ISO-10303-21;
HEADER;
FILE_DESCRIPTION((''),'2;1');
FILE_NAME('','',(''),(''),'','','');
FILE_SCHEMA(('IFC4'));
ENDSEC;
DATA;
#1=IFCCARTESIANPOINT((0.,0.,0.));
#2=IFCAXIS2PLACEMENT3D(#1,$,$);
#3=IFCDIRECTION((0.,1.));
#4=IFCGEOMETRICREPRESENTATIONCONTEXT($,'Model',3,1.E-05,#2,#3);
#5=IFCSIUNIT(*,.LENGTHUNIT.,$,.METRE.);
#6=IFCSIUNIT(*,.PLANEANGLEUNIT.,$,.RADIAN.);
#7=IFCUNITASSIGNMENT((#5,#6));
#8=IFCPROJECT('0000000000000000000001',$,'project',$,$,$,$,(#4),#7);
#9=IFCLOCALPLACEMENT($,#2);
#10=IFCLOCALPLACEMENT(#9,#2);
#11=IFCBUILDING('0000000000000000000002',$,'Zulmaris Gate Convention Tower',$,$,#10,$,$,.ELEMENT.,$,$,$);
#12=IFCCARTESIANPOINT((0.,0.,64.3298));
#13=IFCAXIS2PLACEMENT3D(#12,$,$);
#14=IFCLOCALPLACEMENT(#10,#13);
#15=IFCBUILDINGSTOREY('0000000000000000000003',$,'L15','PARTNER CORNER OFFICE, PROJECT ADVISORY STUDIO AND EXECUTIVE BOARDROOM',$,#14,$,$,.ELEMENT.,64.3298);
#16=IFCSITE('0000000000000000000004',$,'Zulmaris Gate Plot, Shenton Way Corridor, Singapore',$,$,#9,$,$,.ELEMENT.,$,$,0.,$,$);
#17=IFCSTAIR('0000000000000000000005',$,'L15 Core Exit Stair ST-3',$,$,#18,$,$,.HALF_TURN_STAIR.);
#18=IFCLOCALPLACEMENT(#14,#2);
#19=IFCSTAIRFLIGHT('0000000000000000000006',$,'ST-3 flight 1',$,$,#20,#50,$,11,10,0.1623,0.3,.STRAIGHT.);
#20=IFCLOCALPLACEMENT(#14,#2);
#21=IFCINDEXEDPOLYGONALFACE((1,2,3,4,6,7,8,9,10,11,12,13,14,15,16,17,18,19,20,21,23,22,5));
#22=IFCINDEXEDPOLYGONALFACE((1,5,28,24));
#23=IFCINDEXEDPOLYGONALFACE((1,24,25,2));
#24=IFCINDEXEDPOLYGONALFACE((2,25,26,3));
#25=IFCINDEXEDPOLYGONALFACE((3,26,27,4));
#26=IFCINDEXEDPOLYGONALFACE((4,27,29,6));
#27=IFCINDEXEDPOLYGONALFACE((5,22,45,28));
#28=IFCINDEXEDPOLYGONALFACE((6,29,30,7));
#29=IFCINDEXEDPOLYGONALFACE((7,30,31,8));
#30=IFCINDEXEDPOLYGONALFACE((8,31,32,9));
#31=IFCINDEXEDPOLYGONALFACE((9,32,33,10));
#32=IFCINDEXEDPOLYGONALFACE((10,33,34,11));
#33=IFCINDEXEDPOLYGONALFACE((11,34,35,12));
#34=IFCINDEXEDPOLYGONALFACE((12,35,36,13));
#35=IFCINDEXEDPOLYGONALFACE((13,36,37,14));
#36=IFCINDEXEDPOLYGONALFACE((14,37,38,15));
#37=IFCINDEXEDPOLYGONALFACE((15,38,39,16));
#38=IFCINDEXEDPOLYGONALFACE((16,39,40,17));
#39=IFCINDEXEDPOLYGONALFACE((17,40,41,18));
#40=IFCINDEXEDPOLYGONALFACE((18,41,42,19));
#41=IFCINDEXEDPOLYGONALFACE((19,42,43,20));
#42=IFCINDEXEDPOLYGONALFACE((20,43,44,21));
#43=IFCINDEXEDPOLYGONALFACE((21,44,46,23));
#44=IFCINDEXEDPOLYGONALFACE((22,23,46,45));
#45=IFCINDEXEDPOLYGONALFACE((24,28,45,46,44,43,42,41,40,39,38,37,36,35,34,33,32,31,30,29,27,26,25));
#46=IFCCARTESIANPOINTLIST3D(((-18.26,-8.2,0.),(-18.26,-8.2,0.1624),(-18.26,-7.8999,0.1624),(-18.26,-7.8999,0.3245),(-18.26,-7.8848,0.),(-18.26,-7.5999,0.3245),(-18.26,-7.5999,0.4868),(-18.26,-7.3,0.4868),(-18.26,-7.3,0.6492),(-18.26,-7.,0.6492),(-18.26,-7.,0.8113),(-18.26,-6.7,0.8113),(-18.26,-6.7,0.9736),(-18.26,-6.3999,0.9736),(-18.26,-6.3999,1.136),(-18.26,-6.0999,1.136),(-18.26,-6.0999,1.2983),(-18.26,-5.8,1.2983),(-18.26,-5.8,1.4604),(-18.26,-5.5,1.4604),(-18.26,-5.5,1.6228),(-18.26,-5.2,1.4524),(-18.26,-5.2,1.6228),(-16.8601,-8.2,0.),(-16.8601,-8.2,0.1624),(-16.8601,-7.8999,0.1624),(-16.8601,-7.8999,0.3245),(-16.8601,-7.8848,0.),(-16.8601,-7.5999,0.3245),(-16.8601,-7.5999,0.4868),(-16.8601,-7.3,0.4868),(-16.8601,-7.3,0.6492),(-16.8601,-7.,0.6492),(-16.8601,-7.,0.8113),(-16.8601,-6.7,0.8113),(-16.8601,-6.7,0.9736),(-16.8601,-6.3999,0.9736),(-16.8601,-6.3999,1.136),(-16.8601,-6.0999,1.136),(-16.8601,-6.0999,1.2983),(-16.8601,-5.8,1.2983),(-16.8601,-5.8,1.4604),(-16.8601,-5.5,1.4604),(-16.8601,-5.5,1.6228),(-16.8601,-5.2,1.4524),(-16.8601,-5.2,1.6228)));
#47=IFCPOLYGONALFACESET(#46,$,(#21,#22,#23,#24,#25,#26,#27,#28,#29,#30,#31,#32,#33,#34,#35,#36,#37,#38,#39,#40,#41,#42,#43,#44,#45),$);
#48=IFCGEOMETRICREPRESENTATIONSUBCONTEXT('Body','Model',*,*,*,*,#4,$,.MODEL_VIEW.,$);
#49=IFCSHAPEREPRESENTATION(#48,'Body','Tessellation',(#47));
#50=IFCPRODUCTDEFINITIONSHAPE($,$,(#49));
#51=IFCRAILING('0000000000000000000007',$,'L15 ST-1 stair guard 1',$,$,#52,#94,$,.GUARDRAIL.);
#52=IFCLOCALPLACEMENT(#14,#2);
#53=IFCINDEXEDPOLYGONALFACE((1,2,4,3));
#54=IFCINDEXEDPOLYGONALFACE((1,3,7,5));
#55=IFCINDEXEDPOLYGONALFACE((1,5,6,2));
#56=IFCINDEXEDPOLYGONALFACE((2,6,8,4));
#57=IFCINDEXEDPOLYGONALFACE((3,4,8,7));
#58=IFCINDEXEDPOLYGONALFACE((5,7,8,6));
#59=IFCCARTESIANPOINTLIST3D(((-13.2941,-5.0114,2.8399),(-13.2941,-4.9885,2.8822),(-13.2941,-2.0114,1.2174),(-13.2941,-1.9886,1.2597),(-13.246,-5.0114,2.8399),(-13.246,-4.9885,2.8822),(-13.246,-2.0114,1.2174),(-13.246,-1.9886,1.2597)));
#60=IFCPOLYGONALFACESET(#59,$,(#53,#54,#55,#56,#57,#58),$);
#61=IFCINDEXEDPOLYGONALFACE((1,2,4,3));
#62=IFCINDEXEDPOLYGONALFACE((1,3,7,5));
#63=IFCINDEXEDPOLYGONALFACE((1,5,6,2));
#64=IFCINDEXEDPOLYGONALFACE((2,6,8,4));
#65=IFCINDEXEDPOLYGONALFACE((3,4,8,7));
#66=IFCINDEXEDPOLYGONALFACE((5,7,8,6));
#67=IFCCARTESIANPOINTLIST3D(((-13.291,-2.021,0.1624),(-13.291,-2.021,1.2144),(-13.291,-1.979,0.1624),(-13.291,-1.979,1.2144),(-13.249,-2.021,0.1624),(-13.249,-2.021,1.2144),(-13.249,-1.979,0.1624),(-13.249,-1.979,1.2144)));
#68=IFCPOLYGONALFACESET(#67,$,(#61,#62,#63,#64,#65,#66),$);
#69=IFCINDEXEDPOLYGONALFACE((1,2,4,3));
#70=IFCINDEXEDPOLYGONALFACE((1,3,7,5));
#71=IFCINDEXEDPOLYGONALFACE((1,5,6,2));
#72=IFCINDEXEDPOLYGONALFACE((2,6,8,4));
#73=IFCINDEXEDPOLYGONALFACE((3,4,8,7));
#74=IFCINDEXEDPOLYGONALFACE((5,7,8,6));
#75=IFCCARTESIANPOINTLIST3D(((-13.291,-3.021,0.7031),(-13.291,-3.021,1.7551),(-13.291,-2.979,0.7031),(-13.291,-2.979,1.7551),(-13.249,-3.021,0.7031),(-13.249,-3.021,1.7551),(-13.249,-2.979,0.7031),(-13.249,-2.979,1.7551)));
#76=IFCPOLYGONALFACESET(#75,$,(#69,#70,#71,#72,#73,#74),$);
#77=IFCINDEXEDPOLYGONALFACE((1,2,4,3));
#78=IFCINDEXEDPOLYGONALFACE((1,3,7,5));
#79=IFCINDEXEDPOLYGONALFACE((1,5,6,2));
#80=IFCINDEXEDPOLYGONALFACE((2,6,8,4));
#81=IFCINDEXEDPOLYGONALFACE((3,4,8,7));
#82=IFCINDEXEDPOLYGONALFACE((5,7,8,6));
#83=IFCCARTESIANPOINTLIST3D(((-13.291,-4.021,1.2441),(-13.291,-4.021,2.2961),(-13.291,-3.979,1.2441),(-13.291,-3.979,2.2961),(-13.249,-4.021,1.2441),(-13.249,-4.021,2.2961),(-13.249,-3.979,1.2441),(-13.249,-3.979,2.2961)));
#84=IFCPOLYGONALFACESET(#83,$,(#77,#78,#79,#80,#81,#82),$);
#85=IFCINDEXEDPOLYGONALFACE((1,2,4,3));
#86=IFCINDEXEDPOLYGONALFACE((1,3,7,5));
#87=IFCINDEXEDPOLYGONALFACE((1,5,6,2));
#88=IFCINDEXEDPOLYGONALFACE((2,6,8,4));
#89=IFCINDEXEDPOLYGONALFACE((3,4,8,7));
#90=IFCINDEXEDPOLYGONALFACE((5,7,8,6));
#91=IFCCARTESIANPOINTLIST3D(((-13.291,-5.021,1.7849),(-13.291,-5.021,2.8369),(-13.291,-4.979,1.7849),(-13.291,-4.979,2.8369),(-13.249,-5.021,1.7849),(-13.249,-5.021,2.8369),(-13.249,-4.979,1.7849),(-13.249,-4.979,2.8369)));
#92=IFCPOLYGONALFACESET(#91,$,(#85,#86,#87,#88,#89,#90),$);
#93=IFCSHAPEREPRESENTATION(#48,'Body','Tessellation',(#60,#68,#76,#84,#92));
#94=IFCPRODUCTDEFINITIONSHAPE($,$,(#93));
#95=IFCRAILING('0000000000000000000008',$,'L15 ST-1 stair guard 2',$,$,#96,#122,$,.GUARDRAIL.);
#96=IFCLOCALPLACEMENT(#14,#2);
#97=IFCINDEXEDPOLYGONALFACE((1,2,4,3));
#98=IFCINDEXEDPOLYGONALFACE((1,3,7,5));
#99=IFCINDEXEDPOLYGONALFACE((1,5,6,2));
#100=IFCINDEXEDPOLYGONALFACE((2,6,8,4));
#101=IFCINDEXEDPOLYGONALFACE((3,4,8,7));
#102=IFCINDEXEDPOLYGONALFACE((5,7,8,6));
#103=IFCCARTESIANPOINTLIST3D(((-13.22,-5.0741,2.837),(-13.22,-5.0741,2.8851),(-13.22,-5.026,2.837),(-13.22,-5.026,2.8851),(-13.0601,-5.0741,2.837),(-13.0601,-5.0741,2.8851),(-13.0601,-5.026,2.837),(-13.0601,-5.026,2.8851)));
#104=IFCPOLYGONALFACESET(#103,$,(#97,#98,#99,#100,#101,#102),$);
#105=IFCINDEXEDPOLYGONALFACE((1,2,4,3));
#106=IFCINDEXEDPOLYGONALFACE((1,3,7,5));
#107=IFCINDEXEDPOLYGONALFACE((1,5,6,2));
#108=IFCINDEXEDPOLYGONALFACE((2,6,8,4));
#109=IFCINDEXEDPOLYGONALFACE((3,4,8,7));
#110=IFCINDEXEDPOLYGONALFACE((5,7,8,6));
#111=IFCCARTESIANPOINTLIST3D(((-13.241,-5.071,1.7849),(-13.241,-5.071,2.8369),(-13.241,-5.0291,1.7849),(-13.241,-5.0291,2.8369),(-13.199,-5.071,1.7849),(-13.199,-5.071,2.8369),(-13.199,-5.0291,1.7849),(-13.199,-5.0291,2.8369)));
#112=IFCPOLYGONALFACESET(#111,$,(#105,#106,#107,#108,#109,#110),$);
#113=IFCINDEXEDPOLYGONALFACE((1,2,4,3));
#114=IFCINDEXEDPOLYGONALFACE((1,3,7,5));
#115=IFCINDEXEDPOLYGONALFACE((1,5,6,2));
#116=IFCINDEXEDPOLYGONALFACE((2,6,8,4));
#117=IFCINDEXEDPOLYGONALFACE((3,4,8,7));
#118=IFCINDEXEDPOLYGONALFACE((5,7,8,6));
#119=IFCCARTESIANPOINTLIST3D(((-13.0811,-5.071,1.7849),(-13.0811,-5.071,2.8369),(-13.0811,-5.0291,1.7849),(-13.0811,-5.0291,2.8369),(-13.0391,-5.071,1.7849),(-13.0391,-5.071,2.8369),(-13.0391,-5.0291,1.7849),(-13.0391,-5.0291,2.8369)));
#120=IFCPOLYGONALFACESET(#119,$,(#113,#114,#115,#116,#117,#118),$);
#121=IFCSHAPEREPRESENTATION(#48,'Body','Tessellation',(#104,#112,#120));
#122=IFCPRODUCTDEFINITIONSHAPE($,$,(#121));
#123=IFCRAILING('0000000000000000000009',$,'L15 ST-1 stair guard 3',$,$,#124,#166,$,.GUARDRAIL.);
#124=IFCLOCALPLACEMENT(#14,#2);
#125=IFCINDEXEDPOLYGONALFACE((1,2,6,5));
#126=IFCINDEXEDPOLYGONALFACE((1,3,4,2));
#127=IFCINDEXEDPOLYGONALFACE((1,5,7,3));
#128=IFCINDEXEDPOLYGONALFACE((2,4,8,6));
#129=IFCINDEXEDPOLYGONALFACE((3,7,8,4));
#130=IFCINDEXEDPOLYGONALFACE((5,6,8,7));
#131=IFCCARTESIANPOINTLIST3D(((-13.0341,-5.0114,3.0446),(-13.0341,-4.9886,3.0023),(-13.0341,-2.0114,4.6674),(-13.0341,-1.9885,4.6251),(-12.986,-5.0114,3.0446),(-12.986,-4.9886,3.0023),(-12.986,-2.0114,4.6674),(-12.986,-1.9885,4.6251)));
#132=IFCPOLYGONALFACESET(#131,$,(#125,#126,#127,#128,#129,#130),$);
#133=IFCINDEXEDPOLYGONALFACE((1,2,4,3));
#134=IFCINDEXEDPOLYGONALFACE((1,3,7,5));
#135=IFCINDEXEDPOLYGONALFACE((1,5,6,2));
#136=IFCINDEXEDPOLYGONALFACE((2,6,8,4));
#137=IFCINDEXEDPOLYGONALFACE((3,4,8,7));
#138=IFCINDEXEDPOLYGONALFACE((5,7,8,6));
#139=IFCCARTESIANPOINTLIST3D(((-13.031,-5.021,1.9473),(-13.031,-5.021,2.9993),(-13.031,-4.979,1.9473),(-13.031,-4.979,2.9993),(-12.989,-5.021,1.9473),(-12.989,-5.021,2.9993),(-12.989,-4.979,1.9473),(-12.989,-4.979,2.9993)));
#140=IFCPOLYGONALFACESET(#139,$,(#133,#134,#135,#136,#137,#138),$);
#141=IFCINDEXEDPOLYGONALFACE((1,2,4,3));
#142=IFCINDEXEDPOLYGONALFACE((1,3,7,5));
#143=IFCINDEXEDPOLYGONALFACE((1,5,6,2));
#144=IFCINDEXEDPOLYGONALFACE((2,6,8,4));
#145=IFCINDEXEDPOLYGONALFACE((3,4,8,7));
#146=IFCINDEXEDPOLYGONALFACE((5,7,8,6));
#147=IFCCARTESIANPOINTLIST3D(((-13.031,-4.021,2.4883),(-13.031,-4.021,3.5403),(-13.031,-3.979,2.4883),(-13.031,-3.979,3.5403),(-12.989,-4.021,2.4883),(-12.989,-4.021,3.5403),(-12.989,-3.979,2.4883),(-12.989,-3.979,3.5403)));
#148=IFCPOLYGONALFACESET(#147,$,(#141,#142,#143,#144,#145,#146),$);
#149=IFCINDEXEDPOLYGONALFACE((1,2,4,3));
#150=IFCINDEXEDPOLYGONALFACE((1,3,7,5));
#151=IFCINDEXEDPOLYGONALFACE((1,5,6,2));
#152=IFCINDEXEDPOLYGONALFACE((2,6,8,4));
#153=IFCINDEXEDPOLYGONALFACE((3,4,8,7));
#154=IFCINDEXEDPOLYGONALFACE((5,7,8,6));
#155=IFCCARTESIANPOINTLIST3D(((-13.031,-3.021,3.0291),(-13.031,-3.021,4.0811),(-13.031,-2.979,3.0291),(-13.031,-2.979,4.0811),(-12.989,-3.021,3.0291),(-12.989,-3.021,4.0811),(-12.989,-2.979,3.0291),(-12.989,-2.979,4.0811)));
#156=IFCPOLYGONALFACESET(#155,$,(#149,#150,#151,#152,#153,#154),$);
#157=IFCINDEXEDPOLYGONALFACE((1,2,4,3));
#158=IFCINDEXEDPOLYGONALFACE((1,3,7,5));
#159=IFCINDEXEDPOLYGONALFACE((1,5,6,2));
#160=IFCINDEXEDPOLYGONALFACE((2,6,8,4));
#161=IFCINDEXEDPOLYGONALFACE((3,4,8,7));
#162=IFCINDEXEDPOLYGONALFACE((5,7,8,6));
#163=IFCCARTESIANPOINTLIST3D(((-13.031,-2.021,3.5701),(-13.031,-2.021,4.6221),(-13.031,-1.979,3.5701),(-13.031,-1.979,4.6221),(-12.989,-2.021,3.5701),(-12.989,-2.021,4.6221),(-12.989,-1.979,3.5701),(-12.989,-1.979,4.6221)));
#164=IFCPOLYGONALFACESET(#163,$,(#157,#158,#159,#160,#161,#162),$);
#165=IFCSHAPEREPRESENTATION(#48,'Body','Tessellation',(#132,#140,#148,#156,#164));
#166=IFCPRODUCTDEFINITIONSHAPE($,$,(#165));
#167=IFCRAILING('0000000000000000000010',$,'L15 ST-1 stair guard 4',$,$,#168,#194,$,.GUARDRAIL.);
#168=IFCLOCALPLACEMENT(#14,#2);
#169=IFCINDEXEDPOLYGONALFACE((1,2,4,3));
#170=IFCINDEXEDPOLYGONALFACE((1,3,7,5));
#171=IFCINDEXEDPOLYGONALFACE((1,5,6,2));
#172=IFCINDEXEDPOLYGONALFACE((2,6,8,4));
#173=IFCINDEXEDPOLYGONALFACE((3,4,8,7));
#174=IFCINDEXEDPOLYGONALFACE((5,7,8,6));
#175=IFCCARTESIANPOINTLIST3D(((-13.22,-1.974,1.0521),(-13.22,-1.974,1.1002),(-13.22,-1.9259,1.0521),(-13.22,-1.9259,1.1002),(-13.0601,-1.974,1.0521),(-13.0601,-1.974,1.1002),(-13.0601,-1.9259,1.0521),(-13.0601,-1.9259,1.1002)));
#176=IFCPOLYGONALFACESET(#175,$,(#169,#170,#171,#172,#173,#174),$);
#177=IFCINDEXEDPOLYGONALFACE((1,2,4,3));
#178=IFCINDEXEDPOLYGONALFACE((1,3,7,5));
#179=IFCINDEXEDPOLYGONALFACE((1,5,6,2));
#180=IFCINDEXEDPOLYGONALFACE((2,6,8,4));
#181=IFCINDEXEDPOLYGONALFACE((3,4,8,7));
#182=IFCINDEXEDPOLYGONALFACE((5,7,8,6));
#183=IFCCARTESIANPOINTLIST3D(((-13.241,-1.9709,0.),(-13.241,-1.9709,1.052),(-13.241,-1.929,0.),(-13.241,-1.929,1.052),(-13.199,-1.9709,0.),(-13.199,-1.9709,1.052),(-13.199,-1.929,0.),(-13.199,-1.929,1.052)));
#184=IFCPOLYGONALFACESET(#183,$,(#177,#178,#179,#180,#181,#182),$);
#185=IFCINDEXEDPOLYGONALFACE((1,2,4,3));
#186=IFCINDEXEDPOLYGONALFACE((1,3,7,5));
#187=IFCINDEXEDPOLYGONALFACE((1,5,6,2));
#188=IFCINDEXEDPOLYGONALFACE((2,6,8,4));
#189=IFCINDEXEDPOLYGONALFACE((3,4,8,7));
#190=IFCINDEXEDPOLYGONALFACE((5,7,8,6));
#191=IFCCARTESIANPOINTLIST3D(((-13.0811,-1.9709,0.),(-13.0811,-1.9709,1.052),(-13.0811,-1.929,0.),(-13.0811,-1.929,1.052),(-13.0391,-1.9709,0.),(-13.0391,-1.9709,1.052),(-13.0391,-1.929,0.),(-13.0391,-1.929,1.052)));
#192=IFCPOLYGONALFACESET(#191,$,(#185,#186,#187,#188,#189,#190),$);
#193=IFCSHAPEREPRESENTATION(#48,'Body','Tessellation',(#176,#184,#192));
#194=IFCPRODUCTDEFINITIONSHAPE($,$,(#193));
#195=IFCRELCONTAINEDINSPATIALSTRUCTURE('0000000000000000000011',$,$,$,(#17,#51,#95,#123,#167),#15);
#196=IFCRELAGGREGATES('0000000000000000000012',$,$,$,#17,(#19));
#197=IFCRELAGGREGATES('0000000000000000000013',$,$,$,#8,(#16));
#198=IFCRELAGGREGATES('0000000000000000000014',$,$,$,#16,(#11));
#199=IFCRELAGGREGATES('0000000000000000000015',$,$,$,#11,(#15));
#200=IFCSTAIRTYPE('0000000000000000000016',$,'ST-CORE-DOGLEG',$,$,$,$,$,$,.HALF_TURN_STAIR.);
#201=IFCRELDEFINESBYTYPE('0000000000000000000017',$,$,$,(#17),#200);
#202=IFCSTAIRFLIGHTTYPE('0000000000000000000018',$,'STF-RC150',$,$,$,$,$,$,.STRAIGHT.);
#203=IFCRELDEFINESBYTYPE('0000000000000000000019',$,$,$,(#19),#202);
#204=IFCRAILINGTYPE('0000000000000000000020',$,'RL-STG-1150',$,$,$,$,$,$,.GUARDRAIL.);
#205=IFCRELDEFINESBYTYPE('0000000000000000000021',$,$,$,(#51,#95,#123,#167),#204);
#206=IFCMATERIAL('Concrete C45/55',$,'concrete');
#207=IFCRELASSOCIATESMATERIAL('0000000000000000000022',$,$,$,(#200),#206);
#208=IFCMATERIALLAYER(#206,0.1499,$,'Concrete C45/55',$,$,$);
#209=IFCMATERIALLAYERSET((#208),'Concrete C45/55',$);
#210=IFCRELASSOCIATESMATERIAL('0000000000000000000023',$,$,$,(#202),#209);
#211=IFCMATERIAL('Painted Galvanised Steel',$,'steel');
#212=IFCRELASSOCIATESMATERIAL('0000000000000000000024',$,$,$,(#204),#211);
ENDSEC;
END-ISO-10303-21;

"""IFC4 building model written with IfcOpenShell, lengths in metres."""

from ifc_helpers import new_model, si_unit, direction, frame, origin, origin_2d, place, context, subcontext, project, spatial, polyline, rectangle, outline, extrude, material, layer, layer_set, type_object, element, aggregate, save


model = new_model("IFC4")

# Units and contexts
model_context = context("Model", 3, precision=1e-05, world=origin(), true_north=direction((0.0, 1.0)))
body_context = subcontext(model_context, "Body", "Model", "MODEL_VIEW")
ifc_project = project(units=[si_unit("LENGTHUNIT", "METRE"), si_unit("PLANEANGLEUNIT", "RADIAN")], contexts=[model_context])

# Site, building, storey
site_placement = place(None, origin())
site = spatial("IfcSite", under=ifc_project, at=site_placement, Name="Zulmaris Gate Plot, Shenton Way Corridor, Singapore", CompositionType="ELEMENT", RefElevation=0.0)
building_placement = place(site_placement, origin())
building = spatial("IfcBuilding", under=site, at=building_placement, Name="Zulmaris Gate Convention Tower", CompositionType="ELEMENT")
storey_placement = place(building_placement, frame((0.0, 0.0, 64.3298)))
storey = spatial("IfcBuildingStorey", under=building, at=storey_placement, Name="L15", Description="PARTNER CORNER OFFICE, PROJECT ADVISORY STUDIO AND EXECUTIVE BOARDROOM", CompositionType="ELEMENT", Elevation=64.3298)

# Shared definitions
ifc_material_1 = material(Name="Concrete C45/55", Category="concrete")
stair_type = type_object("IfcStairType", Name="ST-CORE-DOGLEG", PredefinedType="HALF_TURN_STAIR", material=ifc_material_1)
ifc_layer_1 = layer(ifc_material_1, 0.1499, Name="Concrete C45/55")
ifc_layer_set_1 = layer_set([ifc_layer_1], Name="Concrete C45/55")
stair_flight_type = type_object("IfcStairFlightType", Name="STF-RC150", PredefinedType="STRAIGHT", material=ifc_layer_set_1)

# Stair, stair flight
stair_1_placement = place(storey_placement, origin())
stair_1 = element("IfcStair", 1, at=stair_1_placement, inside=storey, type_object=stair_type, Name="L15 Core Exit Stair ST-3", PredefinedType="HALF_TURN_STAIR")
stair_flight_1_placement = place(storey_placement, frame((-17.5601, -8.2, 0.0), z_axis=(0.0, 0.0, 1.0), x_axis=(0.0, 1.0, 0.0)))
stair_flight_1 = element("IfcStairFlight", 2, at=stair_flight_1_placement, type_object=stair_flight_type, Name="ST-3 flight 1", NumberOfRisers=11, NumberOfTreads=10, PredefinedType="STRAIGHT", RiserHeight=0.1623, TreadLength=0.3, context=body_context, shape_type="SweptSolid", body=[
    extrude(outline(polyline([(0.0, 0.0), (0.0, 0.1624), (0.3, 0.1624), (0.3, 0.3245), (0.6001, 0.3245), (0.6001, 0.4868), (0.8999, 0.4868), (0.8999, 0.6492), (1.2, 0.6492), (1.2, 0.8113), (1.5, 0.8113), (1.5, 0.9736), (1.8, 0.9736), (1.8, 1.136), (2.1001, 1.136), (2.1001, 1.2983), (2.3999, 1.2983), (2.3999, 1.4604), (2.7, 1.4604), (2.7, 1.6228), (3.0, 1.6228), (3.0, 1.7852), (3.0, 1.4524), (0.3152, 0.0), (0.0, 0.0)])), frame((0.0, 0.7, 0.0), z_axis=(0.0, -1.0, 0.0), x_axis=(1.0, 0.0, 0.0)), (0.0, 0.0, 1.0), 1.3999),
])
aggregate(stair_1, [stair_flight_1])

# Railings
ifc_material_2 = material(Name="Painted Galvanised Steel", Category="steel")
railing_type_1 = type_object("IfcRailingType", Name="RL-STG-1150", PredefinedType="GUARDRAIL", material=ifc_material_2)
railing_1_placement = place(storey_placement, frame((-13.27, -2.0, 0.1624)))
element("IfcRailing", 3, at=railing_1_placement, inside=storey, type_object=railing_type_1, Name="L15 ST-1 stair guard 1", PredefinedType="GUARDRAIL", context=body_context, shape_type="SweptSolid", body=[
    extrude(rectangle(XDim=0.0481, YDim=0.0481, at=origin_2d()), frame((0.0, 0.0, 1.0762), z_axis=(0.0, -0.879592, 0.47573), x_axis=(1.0, 0.0, 0.0)), (0.0, 0.0, 1.0), 3.4106),
    extrude(rectangle(XDim=0.042, YDim=0.042, at=origin_2d()), origin(), (0.0, 0.0, 1.0), 1.052),
    extrude(rectangle(XDim=0.042, YDim=0.042, at=origin_2d()), frame((0.0, -1.0, 0.5408)), (0.0, 0.0, 1.0), 1.052),
    extrude(rectangle(XDim=0.042, YDim=0.042, at=origin_2d()), frame((0.0, -2.0, 1.0818)), (0.0, 0.0, 1.0), 1.052),
    extrude(rectangle(XDim=0.042, YDim=0.042, at=origin_2d()), frame((0.0, -3.0, 1.6226)), (0.0, 0.0, 1.0), 1.052),
])
railing_2_placement = place(storey_placement, frame((-13.22, -5.05, 1.7849)))
element("IfcRailing", 4, at=railing_2_placement, inside=storey, type_object=railing_type_1, Name="L15 ST-1 stair guard 2", PredefinedType="GUARDRAIL", context=body_context, shape_type="SweptSolid", body=[
    extrude(rectangle(XDim=0.0481, YDim=0.0481, at=origin_2d()), frame((0.0, 0.0, 1.0762), z_axis=(1.0, 0.0, 0.0), x_axis=(0.0, 1.0, 0.0)), (0.0, 0.0, 1.0), 0.1599),
    extrude(rectangle(XDim=0.042, YDim=0.042, at=origin_2d()), origin(), (0.0, 0.0, 1.0), 1.052),
    extrude(rectangle(XDim=0.042, YDim=0.042, at=origin_2d()), frame((0.1599, 0.0, 0.0)), (0.0, 0.0, 1.0), 1.052),
])
railing_3_placement = place(storey_placement, frame((-13.01, -5.0, 1.9473)))
element("IfcRailing", 5, at=railing_3_placement, inside=storey, type_object=railing_type_1, Name="L15 ST-1 stair guard 3", PredefinedType="GUARDRAIL", context=body_context, shape_type="SweptSolid", body=[
    extrude(rectangle(XDim=0.0481, YDim=0.0481, at=origin_2d()), frame((0.0, 0.0, 1.0762), z_axis=(0.0, 0.879562, 0.475785), x_axis=(-1.0, 0.0, 0.0)), (0.0, 0.0, 1.0), 3.4109),
    extrude(rectangle(XDim=0.042, YDim=0.042, at=origin_2d()), origin(), (0.0, 0.0, 1.0), 1.052),
    extrude(rectangle(XDim=0.042, YDim=0.042, at=origin_2d()), frame((0.0, 1.0, 0.541)), (0.0, 0.0, 1.0), 1.052),
    extrude(rectangle(XDim=0.042, YDim=0.042, at=origin_2d()), frame((0.0, 2.0, 1.0818)), (0.0, 0.0, 1.0), 1.052),
    extrude(rectangle(XDim=0.042, YDim=0.042, at=origin_2d()), frame((0.0, 3.0, 1.6228)), (0.0, 0.0, 1.0), 1.052),
])
railing_4_placement = place(storey_placement, frame((-13.22, -1.95, 0.0)))
element("IfcRailing", 6, at=railing_4_placement, inside=storey, type_object=railing_type_1, Name="L15 ST-1 stair guard 4", PredefinedType="GUARDRAIL", context=body_context, shape_type="SweptSolid", body=[
    extrude(rectangle(XDim=0.0481, YDim=0.0481, at=origin_2d()), frame((0.0, 0.0, 1.0762), z_axis=(1.0, 0.0, 0.0), x_axis=(0.0, 1.0, 0.0)), (0.0, 0.0, 1.0), 0.1599),
    extrude(rectangle(XDim=0.042, YDim=0.042, at=origin_2d()), origin(), (0.0, 0.0, 1.0), 1.052),
    extrude(rectangle(XDim=0.042, YDim=0.042, at=origin_2d()), frame((0.1599, 0.0, 0.0)), (0.0, 0.0, 1.0), 1.052),
])

save(model, "model.ifc")
